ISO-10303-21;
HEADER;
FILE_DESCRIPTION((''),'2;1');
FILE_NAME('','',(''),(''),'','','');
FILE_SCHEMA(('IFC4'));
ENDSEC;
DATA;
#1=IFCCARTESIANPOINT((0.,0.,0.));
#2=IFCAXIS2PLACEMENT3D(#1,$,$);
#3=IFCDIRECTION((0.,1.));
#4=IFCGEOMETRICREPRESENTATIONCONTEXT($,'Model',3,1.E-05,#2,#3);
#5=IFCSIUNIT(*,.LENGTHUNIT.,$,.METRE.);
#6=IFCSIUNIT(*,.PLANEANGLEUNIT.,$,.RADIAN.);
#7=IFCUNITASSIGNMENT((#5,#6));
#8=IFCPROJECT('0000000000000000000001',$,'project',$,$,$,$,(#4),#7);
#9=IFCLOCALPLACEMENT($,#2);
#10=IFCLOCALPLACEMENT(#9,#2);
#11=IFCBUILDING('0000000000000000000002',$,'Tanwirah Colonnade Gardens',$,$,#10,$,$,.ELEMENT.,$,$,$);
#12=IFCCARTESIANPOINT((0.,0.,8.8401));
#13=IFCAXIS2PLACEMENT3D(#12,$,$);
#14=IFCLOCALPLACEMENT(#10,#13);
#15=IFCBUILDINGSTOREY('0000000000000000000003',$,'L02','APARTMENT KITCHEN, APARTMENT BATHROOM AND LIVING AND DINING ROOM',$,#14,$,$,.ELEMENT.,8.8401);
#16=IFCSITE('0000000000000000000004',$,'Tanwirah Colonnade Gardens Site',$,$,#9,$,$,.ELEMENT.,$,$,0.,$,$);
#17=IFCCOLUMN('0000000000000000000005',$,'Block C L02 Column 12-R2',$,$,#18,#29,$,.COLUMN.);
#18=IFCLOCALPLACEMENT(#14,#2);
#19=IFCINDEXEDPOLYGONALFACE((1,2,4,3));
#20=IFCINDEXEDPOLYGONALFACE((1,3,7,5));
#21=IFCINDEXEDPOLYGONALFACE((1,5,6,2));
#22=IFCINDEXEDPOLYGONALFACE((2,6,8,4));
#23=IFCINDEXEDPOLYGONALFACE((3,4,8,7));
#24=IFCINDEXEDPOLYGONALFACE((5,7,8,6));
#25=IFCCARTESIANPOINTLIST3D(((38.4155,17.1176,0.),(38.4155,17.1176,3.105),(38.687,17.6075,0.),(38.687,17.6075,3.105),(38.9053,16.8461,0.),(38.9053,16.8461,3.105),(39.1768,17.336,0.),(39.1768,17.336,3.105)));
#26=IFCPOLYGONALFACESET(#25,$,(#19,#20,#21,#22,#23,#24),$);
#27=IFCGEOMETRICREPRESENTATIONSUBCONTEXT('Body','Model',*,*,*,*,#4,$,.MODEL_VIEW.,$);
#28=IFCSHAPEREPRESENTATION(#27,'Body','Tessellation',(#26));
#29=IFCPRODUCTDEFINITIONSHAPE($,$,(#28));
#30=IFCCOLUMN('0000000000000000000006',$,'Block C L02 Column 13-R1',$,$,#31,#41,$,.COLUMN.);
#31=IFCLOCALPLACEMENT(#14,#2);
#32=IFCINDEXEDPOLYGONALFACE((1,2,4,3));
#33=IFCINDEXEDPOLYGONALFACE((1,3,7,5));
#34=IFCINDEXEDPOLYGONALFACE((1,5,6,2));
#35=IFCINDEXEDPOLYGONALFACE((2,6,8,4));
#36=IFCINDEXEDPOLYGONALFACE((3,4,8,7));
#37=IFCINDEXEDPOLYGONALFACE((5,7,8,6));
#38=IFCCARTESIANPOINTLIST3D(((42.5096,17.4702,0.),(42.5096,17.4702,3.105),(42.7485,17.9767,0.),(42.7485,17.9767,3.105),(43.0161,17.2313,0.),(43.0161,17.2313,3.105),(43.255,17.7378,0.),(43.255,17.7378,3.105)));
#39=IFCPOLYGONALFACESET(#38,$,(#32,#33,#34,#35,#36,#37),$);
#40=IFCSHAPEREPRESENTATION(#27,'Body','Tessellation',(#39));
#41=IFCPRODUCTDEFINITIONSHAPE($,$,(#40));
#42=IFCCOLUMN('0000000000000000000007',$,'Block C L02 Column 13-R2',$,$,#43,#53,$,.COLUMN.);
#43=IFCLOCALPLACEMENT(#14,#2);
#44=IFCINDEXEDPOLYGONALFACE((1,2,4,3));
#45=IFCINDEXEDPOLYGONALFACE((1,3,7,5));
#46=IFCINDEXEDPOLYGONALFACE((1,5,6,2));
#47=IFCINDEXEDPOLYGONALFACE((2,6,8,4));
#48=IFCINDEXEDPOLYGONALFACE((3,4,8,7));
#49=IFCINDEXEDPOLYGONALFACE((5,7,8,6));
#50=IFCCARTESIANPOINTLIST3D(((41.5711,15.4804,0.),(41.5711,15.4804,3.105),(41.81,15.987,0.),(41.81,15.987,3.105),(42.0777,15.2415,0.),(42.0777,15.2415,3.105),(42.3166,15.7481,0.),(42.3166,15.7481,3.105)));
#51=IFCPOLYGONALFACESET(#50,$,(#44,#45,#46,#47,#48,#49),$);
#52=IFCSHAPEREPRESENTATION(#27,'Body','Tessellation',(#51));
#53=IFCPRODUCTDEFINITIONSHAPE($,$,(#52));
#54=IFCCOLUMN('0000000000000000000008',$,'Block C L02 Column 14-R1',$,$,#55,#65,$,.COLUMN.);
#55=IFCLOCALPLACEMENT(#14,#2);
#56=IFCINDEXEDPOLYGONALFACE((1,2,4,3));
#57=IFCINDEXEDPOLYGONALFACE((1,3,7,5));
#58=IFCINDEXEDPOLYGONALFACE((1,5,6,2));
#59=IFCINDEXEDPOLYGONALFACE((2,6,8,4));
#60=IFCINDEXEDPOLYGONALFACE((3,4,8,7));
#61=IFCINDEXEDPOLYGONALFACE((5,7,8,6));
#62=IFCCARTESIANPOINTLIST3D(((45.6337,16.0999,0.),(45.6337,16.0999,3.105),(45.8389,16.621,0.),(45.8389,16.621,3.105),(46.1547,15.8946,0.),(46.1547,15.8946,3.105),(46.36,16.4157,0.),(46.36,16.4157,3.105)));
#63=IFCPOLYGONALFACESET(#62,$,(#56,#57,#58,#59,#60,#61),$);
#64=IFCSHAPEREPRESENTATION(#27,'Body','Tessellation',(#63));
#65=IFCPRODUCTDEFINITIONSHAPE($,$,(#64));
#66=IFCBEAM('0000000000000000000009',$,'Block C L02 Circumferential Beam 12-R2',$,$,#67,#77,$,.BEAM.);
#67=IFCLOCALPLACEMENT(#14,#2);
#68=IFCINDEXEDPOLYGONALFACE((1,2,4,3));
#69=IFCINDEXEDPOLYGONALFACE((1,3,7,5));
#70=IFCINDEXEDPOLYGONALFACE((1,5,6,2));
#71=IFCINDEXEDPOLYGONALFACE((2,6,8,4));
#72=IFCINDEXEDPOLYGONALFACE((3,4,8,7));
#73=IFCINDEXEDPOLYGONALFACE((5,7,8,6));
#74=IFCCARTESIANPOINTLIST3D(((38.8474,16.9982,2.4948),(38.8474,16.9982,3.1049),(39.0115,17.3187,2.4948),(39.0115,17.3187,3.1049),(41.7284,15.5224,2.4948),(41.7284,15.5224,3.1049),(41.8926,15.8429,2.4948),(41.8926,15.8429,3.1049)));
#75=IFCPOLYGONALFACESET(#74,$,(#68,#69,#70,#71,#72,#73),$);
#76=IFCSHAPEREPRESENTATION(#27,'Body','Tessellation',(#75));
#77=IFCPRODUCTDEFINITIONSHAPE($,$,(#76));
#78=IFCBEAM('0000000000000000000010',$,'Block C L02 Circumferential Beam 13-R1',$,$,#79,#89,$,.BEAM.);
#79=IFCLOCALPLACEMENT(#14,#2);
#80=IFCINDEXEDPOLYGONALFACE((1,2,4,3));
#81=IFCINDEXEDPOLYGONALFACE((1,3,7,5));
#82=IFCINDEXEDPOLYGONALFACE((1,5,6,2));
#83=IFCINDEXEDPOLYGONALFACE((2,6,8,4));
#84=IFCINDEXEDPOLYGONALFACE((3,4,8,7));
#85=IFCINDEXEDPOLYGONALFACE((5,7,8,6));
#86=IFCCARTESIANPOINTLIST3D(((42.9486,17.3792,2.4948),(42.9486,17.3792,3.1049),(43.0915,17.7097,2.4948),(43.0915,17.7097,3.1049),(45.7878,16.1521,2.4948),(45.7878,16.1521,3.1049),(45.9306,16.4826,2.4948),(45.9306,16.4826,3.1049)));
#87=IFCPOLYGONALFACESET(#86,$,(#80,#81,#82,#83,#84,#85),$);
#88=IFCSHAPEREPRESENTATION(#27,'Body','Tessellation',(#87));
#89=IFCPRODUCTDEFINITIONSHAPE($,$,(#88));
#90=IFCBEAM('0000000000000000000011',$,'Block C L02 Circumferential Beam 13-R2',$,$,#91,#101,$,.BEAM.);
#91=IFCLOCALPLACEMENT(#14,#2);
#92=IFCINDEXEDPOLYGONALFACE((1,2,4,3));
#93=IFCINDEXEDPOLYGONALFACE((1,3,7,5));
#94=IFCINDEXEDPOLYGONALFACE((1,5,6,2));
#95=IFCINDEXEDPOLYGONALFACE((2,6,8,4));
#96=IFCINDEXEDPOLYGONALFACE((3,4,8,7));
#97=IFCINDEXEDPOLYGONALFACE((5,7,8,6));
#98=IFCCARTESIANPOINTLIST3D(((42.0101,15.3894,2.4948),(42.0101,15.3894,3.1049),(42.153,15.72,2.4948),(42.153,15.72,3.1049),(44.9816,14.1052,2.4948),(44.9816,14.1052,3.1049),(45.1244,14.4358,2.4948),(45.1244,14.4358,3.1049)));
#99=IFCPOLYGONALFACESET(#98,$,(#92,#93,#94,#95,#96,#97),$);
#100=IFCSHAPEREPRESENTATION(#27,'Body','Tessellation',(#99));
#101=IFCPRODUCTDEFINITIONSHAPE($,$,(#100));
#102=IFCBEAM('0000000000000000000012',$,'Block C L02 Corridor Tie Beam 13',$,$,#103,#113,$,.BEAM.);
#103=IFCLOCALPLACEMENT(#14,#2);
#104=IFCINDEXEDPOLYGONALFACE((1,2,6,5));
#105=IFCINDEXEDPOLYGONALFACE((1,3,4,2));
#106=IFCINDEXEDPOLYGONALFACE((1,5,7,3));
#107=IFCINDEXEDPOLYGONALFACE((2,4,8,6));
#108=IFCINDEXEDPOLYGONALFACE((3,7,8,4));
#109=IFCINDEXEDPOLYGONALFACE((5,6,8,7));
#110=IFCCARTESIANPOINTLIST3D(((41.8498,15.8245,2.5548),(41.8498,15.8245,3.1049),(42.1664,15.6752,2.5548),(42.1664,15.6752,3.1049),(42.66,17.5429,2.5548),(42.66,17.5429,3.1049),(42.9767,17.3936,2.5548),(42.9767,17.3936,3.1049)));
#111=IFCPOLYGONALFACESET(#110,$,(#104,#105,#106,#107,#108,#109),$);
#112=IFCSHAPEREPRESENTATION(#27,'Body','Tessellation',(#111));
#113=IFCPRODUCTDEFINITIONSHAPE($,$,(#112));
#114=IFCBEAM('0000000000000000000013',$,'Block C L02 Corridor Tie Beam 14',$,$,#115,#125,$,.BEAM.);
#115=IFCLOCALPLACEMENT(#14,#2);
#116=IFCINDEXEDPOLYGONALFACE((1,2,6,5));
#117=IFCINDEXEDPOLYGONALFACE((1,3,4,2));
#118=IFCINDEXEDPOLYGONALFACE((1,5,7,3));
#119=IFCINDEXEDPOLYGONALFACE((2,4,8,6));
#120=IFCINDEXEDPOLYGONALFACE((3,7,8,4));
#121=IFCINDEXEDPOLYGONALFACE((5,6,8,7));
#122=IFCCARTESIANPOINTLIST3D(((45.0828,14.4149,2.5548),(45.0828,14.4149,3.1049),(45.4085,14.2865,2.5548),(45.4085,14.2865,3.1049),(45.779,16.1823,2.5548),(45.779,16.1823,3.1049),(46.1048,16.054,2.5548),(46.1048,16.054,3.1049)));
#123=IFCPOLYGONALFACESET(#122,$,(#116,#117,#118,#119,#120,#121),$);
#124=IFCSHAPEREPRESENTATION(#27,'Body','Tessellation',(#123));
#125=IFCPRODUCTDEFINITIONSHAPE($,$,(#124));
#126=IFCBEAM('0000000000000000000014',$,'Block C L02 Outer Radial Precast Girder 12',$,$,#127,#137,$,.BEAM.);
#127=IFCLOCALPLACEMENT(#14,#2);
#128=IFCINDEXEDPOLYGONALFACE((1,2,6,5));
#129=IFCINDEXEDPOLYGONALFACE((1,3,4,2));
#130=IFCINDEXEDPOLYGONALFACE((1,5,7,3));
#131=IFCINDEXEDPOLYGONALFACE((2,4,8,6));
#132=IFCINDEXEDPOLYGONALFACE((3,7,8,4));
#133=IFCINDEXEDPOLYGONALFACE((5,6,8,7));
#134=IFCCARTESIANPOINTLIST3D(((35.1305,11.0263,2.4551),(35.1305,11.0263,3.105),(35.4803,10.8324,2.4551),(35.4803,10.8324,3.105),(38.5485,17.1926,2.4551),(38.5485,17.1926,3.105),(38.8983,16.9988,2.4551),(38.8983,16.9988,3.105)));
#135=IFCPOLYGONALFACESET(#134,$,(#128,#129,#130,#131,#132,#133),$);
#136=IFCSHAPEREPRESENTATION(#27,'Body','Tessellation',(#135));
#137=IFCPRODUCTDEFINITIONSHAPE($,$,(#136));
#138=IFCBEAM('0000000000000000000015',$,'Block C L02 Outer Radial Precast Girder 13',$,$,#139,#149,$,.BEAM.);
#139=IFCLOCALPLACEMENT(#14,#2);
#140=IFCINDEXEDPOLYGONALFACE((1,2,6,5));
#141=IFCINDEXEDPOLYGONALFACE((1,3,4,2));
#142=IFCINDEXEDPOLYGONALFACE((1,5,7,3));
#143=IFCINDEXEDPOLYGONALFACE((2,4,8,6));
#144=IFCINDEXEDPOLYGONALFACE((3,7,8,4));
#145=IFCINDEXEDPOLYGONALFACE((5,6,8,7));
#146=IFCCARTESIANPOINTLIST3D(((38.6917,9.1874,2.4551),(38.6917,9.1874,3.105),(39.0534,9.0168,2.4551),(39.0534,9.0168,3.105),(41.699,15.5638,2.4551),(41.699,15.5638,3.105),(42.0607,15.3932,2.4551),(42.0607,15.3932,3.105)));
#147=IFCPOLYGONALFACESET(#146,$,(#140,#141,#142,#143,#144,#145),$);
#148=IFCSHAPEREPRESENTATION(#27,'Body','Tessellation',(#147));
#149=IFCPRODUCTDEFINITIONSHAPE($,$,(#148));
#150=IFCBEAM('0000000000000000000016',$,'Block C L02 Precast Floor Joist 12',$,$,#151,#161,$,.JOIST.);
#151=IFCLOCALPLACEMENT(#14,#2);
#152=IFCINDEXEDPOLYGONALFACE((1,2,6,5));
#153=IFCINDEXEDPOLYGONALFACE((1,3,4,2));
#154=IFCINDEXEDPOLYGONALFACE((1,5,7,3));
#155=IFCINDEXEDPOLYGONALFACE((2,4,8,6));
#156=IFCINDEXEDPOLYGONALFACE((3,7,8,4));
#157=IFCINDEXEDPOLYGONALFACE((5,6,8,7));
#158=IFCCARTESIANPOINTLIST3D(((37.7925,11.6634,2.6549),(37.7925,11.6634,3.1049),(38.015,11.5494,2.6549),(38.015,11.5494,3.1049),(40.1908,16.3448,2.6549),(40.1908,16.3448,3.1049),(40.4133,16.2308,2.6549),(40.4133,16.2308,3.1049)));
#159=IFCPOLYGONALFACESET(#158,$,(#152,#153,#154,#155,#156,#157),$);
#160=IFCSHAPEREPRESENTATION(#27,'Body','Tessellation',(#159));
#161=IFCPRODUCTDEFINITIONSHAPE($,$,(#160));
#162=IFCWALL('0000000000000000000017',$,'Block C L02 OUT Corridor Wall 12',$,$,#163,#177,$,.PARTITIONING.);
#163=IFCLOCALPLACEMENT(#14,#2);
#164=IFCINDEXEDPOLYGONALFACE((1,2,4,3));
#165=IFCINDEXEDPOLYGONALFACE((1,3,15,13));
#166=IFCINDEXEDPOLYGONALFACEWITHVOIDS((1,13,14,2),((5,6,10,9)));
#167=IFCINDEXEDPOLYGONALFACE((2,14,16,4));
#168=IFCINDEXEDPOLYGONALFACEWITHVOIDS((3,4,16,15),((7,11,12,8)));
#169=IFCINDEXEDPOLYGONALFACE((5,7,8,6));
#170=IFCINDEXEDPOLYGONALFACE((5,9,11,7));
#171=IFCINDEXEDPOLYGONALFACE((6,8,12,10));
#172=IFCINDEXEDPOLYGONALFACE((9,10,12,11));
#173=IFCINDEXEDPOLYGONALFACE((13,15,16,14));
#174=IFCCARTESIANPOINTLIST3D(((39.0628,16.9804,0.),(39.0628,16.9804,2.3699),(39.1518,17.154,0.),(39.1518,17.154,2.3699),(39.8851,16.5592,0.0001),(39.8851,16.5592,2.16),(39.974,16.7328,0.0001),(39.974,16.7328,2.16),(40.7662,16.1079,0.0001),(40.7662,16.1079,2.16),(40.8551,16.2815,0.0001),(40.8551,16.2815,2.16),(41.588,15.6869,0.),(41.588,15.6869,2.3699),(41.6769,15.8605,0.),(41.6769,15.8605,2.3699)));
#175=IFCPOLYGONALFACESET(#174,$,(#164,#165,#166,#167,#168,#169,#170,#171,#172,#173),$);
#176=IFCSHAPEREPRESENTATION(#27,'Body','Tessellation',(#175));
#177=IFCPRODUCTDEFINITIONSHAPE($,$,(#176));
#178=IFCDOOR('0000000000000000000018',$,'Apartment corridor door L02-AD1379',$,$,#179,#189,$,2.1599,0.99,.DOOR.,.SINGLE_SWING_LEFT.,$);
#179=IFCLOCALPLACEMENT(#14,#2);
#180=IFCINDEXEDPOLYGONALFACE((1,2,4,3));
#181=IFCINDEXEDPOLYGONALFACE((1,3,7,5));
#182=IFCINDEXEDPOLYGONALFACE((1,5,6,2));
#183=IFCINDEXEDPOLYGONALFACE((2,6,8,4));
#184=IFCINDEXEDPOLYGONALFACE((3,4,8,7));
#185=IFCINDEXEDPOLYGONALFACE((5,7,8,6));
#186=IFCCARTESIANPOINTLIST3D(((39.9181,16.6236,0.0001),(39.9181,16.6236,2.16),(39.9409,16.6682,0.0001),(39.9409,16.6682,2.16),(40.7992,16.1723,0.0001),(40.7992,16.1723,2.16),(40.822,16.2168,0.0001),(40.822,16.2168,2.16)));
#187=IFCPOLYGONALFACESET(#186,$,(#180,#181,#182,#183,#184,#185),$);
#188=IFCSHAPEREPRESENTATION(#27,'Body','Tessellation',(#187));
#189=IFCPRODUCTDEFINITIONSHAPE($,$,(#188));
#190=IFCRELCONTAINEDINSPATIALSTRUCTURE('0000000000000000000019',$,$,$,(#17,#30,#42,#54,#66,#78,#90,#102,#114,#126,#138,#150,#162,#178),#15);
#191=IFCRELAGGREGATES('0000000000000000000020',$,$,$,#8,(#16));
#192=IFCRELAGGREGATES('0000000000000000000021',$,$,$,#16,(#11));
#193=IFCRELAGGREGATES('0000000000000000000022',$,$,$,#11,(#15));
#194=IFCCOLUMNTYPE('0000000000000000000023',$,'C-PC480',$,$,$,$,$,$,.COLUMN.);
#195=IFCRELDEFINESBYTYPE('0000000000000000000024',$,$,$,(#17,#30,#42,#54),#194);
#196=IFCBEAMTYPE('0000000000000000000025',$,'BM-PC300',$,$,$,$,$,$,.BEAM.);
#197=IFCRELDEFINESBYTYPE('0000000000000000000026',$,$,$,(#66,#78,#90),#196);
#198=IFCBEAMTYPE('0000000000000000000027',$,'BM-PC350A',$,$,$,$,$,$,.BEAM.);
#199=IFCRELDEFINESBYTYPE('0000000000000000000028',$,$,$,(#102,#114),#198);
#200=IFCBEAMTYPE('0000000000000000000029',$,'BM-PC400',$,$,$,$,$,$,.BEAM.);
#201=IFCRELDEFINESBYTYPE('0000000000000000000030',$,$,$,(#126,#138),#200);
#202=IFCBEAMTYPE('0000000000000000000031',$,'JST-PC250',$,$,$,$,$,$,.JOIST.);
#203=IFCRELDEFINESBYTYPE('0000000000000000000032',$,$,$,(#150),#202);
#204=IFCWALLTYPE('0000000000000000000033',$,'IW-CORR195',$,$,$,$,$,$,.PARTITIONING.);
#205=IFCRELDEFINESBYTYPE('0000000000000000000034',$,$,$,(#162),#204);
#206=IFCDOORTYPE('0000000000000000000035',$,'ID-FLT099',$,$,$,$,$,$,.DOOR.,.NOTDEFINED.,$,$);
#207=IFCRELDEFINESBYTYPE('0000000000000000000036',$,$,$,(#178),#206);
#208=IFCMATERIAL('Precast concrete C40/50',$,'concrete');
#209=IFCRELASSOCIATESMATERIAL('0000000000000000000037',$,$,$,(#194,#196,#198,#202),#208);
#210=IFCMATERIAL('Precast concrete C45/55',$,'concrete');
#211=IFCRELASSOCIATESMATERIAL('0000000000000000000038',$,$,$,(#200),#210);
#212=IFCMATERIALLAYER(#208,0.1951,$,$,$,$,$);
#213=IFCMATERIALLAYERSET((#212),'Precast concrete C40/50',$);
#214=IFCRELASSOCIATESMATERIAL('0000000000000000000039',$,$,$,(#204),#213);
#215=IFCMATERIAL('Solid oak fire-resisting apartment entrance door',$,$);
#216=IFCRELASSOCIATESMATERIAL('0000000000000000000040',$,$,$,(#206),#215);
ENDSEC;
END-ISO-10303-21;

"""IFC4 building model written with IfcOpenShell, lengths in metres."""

from ifc_helpers import new_model, si_unit, direction, frame, frame_2d, origin, origin_2d, place, context, subcontext, project, spatial, rectangle, extrude, material, layer, layer_set, material_profile, profile_set, type_object, element, fill, save


model = new_model("IFC4")

# Units and contexts
model_context = context("Model", 3, precision=1e-05, world=origin(), true_north=direction((0.0, 1.0)))
body_context = subcontext(model_context, "Body", "Model", "MODEL_VIEW")
ifc_project = project(units=[si_unit("LENGTHUNIT", "METRE"), si_unit("PLANEANGLEUNIT", "RADIAN")], contexts=[model_context])

# Site, building, storey
site_placement = place(None, origin())
site = spatial("IfcSite", under=ifc_project, at=site_placement, Name="Tanwirah Colonnade Gardens Site", CompositionType="ELEMENT", RefElevation=0.0)
building_placement = place(site_placement, origin())
building = spatial("IfcBuilding", under=site, at=building_placement, Name="Tanwirah Colonnade Gardens", CompositionType="ELEMENT")
storey_placement = place(building_placement, frame((0.0, 0.0, 8.8401)))
storey = spatial("IfcBuildingStorey", under=building, at=storey_placement, Name="L02", Description="APARTMENT KITCHEN, APARTMENT BATHROOM AND LIVING AND DINING ROOM", CompositionType="ELEMENT", Elevation=8.8401)

# Columns
ifc_material_1 = material(Name="Precast concrete C40/50", Category="concrete")
ifc_material_profile_1 = material_profile(ifc_material_1, rectangle(XDim=0.5601, YDim=0.5601, at=origin_2d()), Name="PC-COL 560x560")
ifc_profile_set_1 = profile_set([ifc_material_profile_1], Name="Precast concrete C40/50")
column_type = type_object("IfcColumnType", Name="C-PC480", PredefinedType="COLUMN", material=ifc_profile_set_1)
for number, where, z_axis, x_axis, name in (
    (1, (38.7961, 17.2268, 0.0), (0.0, 0.0, 1.0), (-0.48481, -0.87462, 0.0), "Block C L02 Column 12-R2"),
    (2, (42.8823, 17.604, 0.0), (0.0, 0.0, 1.0), (-0.426569, -0.904455, 0.0), "Block C L02 Column 13-R1"),
    (3, (41.9438, 15.6143, 0.0), (0.0, 0.0, 1.0), (-0.426569, -0.904455, 0.0), "Block C L02 Column 13-R2"),
    (4, (45.9968, 16.2578, 0.0), (0.0, 0.0, 1.0), (-0.366501, -0.930418, 0.0), "Block C L02 Column 14-R1"),
):
    element("IfcColumn", number, at=place(storey_placement, frame(where, z_axis=z_axis, x_axis=x_axis)), inside=storey, type_object=column_type, Name=name, PredefinedType="COLUMN", context=body_context, shape_type="SweptSolid", body=[
        extrude(rectangle(XDim=0.5601, YDim=0.5601, at=origin_2d()), origin(), (0.0, 0.0, 1.0), 3.105),
    ])

# Beams
ifc_material_profile_2 = material_profile(ifc_material_1, rectangle(XDim=0.3601, YDim=0.6101, at=origin_2d()), Name="PC-BM 360x610")
ifc_profile_set_2 = profile_set([ifc_material_profile_2], Name="Precast concrete C40/50")
beam_type_1 = type_object("IfcBeamType", Name="BM-PC300", PredefinedType="BEAM", material=ifc_profile_set_2)
beam_1_placement = place(storey_placement, frame((38.9294, 17.1584, 2.7998), z_axis=(0.890025, -0.455911, 0.0), x_axis=(0.455911, 0.890025, 0.0)))
element("IfcBeam", 5, at=beam_1_placement, inside=storey, type_object=beam_type_1, Name="Block C L02 Circumferential Beam 12-R2", PredefinedType="BEAM", context=body_context, shape_type="SweptSolid", body=[
    extrude(rectangle(XDim=0.3601, YDim=0.6101, at=origin_2d()), origin(), (0.0, 0.0, 1.0), 3.2371),
])
beam_2_placement = place(storey_placement, frame((43.02, 17.5444, 2.7998), z_axis=(0.917936, -0.396728, 0.0), x_axis=(0.396728, 0.917936, 0.0)))
element("IfcBeam", 6, at=beam_2_placement, inside=storey, type_object=beam_type_1, Name="Block C L02 Circumferential Beam 13-R1", PredefinedType="BEAM", context=body_context, shape_type="SweptSolid", body=[
    extrude(rectangle(XDim=0.3601, YDim=0.6101, at=origin_2d()), origin(), (0.0, 0.0, 1.0), 3.093),
])
beam_3_placement = place(storey_placement, frame((42.0815, 15.5547, 2.7998), z_axis=(0.917943, -0.396712, 0.0), x_axis=(0.396712, 0.917943, 0.0)))
element("IfcBeam", 7, at=beam_3_placement, inside=storey, type_object=beam_type_1, Name="Block C L02 Circumferential Beam 13-R2", PredefinedType="BEAM", context=body_context, shape_type="SweptSolid", body=[
    extrude(rectangle(XDim=0.3601, YDim=0.6101, at=origin_2d()), origin(), (0.0, 0.0, 1.0), 3.2371),
])
ifc_material_profile_3 = material_profile(ifc_material_1, rectangle(XDim=0.3501, YDim=0.55, at=origin_2d()), Name="PC-BM 350x550")
ifc_profile_set_3 = profile_set([ifc_material_profile_3], Name="Precast concrete C40/50")
beam_type_2 = type_object("IfcBeamType", Name="BM-PC350A", PredefinedType="BEAM", material=ifc_profile_set_3)
beam_4_placement = place(storey_placement, frame((42.8184, 17.4683, 2.8298), z_axis=(-0.426484, -0.904495, 0.0), x_axis=(0.904495, -0.426484, 0.0)))
element("IfcBeam", 8, at=beam_4_placement, inside=storey, type_object=beam_type_2, Name="Block C L02 Corridor Tie Beam 13", PredefinedType="BEAM", context=body_context, shape_type="SweptSolid", body=[
    extrude(rectangle(XDim=0.3501, YDim=0.55, at=origin_2d()), origin(), (0.0, 0.0, 1.0), 1.8999),
])
beam_5_placement = place(storey_placement, frame((45.9419, 16.1182, 2.8298), z_axis=(-0.366511, -0.930414, 0.0), x_axis=(0.930414, -0.366511, 0.0)))
element("IfcBeam", 9, at=beam_5_placement, inside=storey, type_object=beam_type_2, Name="Block C L02 Corridor Tie Beam 14", PredefinedType="BEAM", context=body_context, shape_type="SweptSolid", body=[
    extrude(rectangle(XDim=0.3501, YDim=0.55, at=origin_2d()), origin(), (0.0, 0.0, 1.0), 1.8997),
])
ifc_material_2 = material(Name="Precast concrete C45/55", Category="concrete")
ifc_material_profile_4 = material_profile(ifc_material_2, rectangle(XDim=0.3999, YDim=0.6499, at=origin_2d()), Name="PC-BM 400x650")
ifc_profile_set_4 = profile_set([ifc_material_profile_4], Name="Precast concrete C45/55")
beam_type_3 = type_object("IfcBeamType", Name="BM-PC400", PredefinedType="BEAM", material=ifc_profile_set_4)
beam_6_placement = place(storey_placement, frame((38.7234, 17.0957, 2.78), z_axis=(-0.484805, -0.874622, 0.0), x_axis=(0.874622, -0.484805, 0.0)))
element("IfcBeam", 10, at=beam_6_placement, inside=storey, type_object=beam_type_3, Name="Block C L02 Outer Radial Precast Girder 12", PredefinedType="BEAM", context=body_context, shape_type="SweptSolid", body=[
    extrude(rectangle(XDim=0.3999, YDim=0.6499, at=origin_2d()), origin(), (0.0, 0.0, 1.0), 7.0503),
])
beam_7_placement = place(storey_placement, frame((41.8799, 15.4785, 2.78), z_axis=(-0.426567, -0.904456, 0.0), x_axis=(0.904456, -0.426567, 0.0)))
element("IfcBeam", 11, at=beam_7_placement, inside=storey, type_object=beam_type_3, Name="Block C L02 Outer Radial Precast Girder 13", PredefinedType="BEAM", context=body_context, shape_type="SweptSolid", body=[
    extrude(rectangle(XDim=0.3999, YDim=0.6499, at=origin_2d()), origin(), (0.0, 0.0, 1.0), 7.05),
])
ifc_material_profile_5 = material_profile(ifc_material_1, rectangle(XDim=0.25, YDim=0.45, at=origin_2d()), Name="PC-JST 250x450")
ifc_profile_set_5 = profile_set([ifc_material_profile_5], Name="Precast concrete C40/50")
beam_type_4 = type_object("IfcBeamType", Name="JST-PC250", PredefinedType="JOIST", material=ifc_profile_set_5)
beam_8_placement = place(storey_placement, frame((40.302, 16.2878, 2.8799), z_axis=(-0.455937, -0.890012, 0.0), x_axis=(0.890012, -0.455937, 0.0)))
element("IfcBeam", 12, at=beam_8_placement, inside=storey, type_object=beam_type_4, Name="Block C L02 Precast Floor Joist 12", PredefinedType="JOIST", context=body_context, shape_type="SweptSolid", body=[
    extrude(rectangle(XDim=0.25, YDim=0.45, at=origin_2d()), origin(), (0.0, 0.0, 1.0), 5.26),
])

# Wall, opening, door
ifc_layer_1 = layer(ifc_material_1, 0.1951)
ifc_layer_set_1 = layer_set([ifc_layer_1], Name="Precast concrete C40/50")
wall_type_1 = type_object("IfcWallType", Name="IW-CORR195", PredefinedType="PARTITIONING", material=ifc_layer_set_1)
wall_1_placement = place(storey_placement, frame((39.1074, 17.0671, 0.0), z_axis=(0.0, 0.0, 1.0), x_axis=(0.890031, -0.455901, 0.0)))
wall_1 = element("IfcWall", 13, at=wall_1_placement, inside=storey, type_object=wall_type_1, Name="Block C L02 OUT Corridor Wall 12", PredefinedType="PARTITIONING", context=body_context, shape_type="SweptSolid", body=[
    extrude(rectangle(XDim=2.8372, YDim=0.1951, at=frame_2d((1.4185, 0.0))), origin(), (0.0, 0.0, 1.0), 2.3699),
])
opening_1_placement = place(wall_1_placement, frame((0.9236, 0.0, 0.0)))
opening_1 = element("IfcOpeningElement", 14, at=opening_1_placement, cuts=wall_1, PredefinedType="OPENING", context=body_context, shape_type="SweptSolid", body=[
    extrude(rectangle(XDim=0.99, YDim=2.1599, at=frame_2d((0.4951, 1.0801))), frame((0.0, 0.1074, 0.0), z_axis=(0.0, -1.0, 0.0), x_axis=(1.0, 0.0, 0.0)), (0.0, 0.0, 1.0), 0.2151),
])
ifc_material_3 = material(Name="Solid oak fire-resisting apartment entrance door")
door_type_1 = type_object("IfcDoorType", Name="ID-FLT099", OperationType="NOTDEFINED", PredefinedType="DOOR", material=ifc_material_3)
door_1_placement = place(opening_1_placement, origin())
door_1 = element("IfcDoor", 15, at=door_1_placement, inside=storey, type_object=door_type_1, Name="Apartment corridor door L02-AD1379", OperationType="SINGLE_SWING_LEFT", OverallHeight=2.1599, OverallWidth=0.99, PredefinedType="DOOR", context=body_context, shape_type="SweptSolid", body=[
    extrude(rectangle(XDim=0.99, YDim=2.1599, at=frame_2d((0.4951, 1.0801))), frame((0.0, 0.0249, 0.0), z_axis=(0.0, -1.0, 0.0), x_axis=(1.0, 0.0, 0.0)), (0.0, 0.0, 1.0), 0.05),
])
fill(opening_1, door_1)

save(model, "model.ifc")
